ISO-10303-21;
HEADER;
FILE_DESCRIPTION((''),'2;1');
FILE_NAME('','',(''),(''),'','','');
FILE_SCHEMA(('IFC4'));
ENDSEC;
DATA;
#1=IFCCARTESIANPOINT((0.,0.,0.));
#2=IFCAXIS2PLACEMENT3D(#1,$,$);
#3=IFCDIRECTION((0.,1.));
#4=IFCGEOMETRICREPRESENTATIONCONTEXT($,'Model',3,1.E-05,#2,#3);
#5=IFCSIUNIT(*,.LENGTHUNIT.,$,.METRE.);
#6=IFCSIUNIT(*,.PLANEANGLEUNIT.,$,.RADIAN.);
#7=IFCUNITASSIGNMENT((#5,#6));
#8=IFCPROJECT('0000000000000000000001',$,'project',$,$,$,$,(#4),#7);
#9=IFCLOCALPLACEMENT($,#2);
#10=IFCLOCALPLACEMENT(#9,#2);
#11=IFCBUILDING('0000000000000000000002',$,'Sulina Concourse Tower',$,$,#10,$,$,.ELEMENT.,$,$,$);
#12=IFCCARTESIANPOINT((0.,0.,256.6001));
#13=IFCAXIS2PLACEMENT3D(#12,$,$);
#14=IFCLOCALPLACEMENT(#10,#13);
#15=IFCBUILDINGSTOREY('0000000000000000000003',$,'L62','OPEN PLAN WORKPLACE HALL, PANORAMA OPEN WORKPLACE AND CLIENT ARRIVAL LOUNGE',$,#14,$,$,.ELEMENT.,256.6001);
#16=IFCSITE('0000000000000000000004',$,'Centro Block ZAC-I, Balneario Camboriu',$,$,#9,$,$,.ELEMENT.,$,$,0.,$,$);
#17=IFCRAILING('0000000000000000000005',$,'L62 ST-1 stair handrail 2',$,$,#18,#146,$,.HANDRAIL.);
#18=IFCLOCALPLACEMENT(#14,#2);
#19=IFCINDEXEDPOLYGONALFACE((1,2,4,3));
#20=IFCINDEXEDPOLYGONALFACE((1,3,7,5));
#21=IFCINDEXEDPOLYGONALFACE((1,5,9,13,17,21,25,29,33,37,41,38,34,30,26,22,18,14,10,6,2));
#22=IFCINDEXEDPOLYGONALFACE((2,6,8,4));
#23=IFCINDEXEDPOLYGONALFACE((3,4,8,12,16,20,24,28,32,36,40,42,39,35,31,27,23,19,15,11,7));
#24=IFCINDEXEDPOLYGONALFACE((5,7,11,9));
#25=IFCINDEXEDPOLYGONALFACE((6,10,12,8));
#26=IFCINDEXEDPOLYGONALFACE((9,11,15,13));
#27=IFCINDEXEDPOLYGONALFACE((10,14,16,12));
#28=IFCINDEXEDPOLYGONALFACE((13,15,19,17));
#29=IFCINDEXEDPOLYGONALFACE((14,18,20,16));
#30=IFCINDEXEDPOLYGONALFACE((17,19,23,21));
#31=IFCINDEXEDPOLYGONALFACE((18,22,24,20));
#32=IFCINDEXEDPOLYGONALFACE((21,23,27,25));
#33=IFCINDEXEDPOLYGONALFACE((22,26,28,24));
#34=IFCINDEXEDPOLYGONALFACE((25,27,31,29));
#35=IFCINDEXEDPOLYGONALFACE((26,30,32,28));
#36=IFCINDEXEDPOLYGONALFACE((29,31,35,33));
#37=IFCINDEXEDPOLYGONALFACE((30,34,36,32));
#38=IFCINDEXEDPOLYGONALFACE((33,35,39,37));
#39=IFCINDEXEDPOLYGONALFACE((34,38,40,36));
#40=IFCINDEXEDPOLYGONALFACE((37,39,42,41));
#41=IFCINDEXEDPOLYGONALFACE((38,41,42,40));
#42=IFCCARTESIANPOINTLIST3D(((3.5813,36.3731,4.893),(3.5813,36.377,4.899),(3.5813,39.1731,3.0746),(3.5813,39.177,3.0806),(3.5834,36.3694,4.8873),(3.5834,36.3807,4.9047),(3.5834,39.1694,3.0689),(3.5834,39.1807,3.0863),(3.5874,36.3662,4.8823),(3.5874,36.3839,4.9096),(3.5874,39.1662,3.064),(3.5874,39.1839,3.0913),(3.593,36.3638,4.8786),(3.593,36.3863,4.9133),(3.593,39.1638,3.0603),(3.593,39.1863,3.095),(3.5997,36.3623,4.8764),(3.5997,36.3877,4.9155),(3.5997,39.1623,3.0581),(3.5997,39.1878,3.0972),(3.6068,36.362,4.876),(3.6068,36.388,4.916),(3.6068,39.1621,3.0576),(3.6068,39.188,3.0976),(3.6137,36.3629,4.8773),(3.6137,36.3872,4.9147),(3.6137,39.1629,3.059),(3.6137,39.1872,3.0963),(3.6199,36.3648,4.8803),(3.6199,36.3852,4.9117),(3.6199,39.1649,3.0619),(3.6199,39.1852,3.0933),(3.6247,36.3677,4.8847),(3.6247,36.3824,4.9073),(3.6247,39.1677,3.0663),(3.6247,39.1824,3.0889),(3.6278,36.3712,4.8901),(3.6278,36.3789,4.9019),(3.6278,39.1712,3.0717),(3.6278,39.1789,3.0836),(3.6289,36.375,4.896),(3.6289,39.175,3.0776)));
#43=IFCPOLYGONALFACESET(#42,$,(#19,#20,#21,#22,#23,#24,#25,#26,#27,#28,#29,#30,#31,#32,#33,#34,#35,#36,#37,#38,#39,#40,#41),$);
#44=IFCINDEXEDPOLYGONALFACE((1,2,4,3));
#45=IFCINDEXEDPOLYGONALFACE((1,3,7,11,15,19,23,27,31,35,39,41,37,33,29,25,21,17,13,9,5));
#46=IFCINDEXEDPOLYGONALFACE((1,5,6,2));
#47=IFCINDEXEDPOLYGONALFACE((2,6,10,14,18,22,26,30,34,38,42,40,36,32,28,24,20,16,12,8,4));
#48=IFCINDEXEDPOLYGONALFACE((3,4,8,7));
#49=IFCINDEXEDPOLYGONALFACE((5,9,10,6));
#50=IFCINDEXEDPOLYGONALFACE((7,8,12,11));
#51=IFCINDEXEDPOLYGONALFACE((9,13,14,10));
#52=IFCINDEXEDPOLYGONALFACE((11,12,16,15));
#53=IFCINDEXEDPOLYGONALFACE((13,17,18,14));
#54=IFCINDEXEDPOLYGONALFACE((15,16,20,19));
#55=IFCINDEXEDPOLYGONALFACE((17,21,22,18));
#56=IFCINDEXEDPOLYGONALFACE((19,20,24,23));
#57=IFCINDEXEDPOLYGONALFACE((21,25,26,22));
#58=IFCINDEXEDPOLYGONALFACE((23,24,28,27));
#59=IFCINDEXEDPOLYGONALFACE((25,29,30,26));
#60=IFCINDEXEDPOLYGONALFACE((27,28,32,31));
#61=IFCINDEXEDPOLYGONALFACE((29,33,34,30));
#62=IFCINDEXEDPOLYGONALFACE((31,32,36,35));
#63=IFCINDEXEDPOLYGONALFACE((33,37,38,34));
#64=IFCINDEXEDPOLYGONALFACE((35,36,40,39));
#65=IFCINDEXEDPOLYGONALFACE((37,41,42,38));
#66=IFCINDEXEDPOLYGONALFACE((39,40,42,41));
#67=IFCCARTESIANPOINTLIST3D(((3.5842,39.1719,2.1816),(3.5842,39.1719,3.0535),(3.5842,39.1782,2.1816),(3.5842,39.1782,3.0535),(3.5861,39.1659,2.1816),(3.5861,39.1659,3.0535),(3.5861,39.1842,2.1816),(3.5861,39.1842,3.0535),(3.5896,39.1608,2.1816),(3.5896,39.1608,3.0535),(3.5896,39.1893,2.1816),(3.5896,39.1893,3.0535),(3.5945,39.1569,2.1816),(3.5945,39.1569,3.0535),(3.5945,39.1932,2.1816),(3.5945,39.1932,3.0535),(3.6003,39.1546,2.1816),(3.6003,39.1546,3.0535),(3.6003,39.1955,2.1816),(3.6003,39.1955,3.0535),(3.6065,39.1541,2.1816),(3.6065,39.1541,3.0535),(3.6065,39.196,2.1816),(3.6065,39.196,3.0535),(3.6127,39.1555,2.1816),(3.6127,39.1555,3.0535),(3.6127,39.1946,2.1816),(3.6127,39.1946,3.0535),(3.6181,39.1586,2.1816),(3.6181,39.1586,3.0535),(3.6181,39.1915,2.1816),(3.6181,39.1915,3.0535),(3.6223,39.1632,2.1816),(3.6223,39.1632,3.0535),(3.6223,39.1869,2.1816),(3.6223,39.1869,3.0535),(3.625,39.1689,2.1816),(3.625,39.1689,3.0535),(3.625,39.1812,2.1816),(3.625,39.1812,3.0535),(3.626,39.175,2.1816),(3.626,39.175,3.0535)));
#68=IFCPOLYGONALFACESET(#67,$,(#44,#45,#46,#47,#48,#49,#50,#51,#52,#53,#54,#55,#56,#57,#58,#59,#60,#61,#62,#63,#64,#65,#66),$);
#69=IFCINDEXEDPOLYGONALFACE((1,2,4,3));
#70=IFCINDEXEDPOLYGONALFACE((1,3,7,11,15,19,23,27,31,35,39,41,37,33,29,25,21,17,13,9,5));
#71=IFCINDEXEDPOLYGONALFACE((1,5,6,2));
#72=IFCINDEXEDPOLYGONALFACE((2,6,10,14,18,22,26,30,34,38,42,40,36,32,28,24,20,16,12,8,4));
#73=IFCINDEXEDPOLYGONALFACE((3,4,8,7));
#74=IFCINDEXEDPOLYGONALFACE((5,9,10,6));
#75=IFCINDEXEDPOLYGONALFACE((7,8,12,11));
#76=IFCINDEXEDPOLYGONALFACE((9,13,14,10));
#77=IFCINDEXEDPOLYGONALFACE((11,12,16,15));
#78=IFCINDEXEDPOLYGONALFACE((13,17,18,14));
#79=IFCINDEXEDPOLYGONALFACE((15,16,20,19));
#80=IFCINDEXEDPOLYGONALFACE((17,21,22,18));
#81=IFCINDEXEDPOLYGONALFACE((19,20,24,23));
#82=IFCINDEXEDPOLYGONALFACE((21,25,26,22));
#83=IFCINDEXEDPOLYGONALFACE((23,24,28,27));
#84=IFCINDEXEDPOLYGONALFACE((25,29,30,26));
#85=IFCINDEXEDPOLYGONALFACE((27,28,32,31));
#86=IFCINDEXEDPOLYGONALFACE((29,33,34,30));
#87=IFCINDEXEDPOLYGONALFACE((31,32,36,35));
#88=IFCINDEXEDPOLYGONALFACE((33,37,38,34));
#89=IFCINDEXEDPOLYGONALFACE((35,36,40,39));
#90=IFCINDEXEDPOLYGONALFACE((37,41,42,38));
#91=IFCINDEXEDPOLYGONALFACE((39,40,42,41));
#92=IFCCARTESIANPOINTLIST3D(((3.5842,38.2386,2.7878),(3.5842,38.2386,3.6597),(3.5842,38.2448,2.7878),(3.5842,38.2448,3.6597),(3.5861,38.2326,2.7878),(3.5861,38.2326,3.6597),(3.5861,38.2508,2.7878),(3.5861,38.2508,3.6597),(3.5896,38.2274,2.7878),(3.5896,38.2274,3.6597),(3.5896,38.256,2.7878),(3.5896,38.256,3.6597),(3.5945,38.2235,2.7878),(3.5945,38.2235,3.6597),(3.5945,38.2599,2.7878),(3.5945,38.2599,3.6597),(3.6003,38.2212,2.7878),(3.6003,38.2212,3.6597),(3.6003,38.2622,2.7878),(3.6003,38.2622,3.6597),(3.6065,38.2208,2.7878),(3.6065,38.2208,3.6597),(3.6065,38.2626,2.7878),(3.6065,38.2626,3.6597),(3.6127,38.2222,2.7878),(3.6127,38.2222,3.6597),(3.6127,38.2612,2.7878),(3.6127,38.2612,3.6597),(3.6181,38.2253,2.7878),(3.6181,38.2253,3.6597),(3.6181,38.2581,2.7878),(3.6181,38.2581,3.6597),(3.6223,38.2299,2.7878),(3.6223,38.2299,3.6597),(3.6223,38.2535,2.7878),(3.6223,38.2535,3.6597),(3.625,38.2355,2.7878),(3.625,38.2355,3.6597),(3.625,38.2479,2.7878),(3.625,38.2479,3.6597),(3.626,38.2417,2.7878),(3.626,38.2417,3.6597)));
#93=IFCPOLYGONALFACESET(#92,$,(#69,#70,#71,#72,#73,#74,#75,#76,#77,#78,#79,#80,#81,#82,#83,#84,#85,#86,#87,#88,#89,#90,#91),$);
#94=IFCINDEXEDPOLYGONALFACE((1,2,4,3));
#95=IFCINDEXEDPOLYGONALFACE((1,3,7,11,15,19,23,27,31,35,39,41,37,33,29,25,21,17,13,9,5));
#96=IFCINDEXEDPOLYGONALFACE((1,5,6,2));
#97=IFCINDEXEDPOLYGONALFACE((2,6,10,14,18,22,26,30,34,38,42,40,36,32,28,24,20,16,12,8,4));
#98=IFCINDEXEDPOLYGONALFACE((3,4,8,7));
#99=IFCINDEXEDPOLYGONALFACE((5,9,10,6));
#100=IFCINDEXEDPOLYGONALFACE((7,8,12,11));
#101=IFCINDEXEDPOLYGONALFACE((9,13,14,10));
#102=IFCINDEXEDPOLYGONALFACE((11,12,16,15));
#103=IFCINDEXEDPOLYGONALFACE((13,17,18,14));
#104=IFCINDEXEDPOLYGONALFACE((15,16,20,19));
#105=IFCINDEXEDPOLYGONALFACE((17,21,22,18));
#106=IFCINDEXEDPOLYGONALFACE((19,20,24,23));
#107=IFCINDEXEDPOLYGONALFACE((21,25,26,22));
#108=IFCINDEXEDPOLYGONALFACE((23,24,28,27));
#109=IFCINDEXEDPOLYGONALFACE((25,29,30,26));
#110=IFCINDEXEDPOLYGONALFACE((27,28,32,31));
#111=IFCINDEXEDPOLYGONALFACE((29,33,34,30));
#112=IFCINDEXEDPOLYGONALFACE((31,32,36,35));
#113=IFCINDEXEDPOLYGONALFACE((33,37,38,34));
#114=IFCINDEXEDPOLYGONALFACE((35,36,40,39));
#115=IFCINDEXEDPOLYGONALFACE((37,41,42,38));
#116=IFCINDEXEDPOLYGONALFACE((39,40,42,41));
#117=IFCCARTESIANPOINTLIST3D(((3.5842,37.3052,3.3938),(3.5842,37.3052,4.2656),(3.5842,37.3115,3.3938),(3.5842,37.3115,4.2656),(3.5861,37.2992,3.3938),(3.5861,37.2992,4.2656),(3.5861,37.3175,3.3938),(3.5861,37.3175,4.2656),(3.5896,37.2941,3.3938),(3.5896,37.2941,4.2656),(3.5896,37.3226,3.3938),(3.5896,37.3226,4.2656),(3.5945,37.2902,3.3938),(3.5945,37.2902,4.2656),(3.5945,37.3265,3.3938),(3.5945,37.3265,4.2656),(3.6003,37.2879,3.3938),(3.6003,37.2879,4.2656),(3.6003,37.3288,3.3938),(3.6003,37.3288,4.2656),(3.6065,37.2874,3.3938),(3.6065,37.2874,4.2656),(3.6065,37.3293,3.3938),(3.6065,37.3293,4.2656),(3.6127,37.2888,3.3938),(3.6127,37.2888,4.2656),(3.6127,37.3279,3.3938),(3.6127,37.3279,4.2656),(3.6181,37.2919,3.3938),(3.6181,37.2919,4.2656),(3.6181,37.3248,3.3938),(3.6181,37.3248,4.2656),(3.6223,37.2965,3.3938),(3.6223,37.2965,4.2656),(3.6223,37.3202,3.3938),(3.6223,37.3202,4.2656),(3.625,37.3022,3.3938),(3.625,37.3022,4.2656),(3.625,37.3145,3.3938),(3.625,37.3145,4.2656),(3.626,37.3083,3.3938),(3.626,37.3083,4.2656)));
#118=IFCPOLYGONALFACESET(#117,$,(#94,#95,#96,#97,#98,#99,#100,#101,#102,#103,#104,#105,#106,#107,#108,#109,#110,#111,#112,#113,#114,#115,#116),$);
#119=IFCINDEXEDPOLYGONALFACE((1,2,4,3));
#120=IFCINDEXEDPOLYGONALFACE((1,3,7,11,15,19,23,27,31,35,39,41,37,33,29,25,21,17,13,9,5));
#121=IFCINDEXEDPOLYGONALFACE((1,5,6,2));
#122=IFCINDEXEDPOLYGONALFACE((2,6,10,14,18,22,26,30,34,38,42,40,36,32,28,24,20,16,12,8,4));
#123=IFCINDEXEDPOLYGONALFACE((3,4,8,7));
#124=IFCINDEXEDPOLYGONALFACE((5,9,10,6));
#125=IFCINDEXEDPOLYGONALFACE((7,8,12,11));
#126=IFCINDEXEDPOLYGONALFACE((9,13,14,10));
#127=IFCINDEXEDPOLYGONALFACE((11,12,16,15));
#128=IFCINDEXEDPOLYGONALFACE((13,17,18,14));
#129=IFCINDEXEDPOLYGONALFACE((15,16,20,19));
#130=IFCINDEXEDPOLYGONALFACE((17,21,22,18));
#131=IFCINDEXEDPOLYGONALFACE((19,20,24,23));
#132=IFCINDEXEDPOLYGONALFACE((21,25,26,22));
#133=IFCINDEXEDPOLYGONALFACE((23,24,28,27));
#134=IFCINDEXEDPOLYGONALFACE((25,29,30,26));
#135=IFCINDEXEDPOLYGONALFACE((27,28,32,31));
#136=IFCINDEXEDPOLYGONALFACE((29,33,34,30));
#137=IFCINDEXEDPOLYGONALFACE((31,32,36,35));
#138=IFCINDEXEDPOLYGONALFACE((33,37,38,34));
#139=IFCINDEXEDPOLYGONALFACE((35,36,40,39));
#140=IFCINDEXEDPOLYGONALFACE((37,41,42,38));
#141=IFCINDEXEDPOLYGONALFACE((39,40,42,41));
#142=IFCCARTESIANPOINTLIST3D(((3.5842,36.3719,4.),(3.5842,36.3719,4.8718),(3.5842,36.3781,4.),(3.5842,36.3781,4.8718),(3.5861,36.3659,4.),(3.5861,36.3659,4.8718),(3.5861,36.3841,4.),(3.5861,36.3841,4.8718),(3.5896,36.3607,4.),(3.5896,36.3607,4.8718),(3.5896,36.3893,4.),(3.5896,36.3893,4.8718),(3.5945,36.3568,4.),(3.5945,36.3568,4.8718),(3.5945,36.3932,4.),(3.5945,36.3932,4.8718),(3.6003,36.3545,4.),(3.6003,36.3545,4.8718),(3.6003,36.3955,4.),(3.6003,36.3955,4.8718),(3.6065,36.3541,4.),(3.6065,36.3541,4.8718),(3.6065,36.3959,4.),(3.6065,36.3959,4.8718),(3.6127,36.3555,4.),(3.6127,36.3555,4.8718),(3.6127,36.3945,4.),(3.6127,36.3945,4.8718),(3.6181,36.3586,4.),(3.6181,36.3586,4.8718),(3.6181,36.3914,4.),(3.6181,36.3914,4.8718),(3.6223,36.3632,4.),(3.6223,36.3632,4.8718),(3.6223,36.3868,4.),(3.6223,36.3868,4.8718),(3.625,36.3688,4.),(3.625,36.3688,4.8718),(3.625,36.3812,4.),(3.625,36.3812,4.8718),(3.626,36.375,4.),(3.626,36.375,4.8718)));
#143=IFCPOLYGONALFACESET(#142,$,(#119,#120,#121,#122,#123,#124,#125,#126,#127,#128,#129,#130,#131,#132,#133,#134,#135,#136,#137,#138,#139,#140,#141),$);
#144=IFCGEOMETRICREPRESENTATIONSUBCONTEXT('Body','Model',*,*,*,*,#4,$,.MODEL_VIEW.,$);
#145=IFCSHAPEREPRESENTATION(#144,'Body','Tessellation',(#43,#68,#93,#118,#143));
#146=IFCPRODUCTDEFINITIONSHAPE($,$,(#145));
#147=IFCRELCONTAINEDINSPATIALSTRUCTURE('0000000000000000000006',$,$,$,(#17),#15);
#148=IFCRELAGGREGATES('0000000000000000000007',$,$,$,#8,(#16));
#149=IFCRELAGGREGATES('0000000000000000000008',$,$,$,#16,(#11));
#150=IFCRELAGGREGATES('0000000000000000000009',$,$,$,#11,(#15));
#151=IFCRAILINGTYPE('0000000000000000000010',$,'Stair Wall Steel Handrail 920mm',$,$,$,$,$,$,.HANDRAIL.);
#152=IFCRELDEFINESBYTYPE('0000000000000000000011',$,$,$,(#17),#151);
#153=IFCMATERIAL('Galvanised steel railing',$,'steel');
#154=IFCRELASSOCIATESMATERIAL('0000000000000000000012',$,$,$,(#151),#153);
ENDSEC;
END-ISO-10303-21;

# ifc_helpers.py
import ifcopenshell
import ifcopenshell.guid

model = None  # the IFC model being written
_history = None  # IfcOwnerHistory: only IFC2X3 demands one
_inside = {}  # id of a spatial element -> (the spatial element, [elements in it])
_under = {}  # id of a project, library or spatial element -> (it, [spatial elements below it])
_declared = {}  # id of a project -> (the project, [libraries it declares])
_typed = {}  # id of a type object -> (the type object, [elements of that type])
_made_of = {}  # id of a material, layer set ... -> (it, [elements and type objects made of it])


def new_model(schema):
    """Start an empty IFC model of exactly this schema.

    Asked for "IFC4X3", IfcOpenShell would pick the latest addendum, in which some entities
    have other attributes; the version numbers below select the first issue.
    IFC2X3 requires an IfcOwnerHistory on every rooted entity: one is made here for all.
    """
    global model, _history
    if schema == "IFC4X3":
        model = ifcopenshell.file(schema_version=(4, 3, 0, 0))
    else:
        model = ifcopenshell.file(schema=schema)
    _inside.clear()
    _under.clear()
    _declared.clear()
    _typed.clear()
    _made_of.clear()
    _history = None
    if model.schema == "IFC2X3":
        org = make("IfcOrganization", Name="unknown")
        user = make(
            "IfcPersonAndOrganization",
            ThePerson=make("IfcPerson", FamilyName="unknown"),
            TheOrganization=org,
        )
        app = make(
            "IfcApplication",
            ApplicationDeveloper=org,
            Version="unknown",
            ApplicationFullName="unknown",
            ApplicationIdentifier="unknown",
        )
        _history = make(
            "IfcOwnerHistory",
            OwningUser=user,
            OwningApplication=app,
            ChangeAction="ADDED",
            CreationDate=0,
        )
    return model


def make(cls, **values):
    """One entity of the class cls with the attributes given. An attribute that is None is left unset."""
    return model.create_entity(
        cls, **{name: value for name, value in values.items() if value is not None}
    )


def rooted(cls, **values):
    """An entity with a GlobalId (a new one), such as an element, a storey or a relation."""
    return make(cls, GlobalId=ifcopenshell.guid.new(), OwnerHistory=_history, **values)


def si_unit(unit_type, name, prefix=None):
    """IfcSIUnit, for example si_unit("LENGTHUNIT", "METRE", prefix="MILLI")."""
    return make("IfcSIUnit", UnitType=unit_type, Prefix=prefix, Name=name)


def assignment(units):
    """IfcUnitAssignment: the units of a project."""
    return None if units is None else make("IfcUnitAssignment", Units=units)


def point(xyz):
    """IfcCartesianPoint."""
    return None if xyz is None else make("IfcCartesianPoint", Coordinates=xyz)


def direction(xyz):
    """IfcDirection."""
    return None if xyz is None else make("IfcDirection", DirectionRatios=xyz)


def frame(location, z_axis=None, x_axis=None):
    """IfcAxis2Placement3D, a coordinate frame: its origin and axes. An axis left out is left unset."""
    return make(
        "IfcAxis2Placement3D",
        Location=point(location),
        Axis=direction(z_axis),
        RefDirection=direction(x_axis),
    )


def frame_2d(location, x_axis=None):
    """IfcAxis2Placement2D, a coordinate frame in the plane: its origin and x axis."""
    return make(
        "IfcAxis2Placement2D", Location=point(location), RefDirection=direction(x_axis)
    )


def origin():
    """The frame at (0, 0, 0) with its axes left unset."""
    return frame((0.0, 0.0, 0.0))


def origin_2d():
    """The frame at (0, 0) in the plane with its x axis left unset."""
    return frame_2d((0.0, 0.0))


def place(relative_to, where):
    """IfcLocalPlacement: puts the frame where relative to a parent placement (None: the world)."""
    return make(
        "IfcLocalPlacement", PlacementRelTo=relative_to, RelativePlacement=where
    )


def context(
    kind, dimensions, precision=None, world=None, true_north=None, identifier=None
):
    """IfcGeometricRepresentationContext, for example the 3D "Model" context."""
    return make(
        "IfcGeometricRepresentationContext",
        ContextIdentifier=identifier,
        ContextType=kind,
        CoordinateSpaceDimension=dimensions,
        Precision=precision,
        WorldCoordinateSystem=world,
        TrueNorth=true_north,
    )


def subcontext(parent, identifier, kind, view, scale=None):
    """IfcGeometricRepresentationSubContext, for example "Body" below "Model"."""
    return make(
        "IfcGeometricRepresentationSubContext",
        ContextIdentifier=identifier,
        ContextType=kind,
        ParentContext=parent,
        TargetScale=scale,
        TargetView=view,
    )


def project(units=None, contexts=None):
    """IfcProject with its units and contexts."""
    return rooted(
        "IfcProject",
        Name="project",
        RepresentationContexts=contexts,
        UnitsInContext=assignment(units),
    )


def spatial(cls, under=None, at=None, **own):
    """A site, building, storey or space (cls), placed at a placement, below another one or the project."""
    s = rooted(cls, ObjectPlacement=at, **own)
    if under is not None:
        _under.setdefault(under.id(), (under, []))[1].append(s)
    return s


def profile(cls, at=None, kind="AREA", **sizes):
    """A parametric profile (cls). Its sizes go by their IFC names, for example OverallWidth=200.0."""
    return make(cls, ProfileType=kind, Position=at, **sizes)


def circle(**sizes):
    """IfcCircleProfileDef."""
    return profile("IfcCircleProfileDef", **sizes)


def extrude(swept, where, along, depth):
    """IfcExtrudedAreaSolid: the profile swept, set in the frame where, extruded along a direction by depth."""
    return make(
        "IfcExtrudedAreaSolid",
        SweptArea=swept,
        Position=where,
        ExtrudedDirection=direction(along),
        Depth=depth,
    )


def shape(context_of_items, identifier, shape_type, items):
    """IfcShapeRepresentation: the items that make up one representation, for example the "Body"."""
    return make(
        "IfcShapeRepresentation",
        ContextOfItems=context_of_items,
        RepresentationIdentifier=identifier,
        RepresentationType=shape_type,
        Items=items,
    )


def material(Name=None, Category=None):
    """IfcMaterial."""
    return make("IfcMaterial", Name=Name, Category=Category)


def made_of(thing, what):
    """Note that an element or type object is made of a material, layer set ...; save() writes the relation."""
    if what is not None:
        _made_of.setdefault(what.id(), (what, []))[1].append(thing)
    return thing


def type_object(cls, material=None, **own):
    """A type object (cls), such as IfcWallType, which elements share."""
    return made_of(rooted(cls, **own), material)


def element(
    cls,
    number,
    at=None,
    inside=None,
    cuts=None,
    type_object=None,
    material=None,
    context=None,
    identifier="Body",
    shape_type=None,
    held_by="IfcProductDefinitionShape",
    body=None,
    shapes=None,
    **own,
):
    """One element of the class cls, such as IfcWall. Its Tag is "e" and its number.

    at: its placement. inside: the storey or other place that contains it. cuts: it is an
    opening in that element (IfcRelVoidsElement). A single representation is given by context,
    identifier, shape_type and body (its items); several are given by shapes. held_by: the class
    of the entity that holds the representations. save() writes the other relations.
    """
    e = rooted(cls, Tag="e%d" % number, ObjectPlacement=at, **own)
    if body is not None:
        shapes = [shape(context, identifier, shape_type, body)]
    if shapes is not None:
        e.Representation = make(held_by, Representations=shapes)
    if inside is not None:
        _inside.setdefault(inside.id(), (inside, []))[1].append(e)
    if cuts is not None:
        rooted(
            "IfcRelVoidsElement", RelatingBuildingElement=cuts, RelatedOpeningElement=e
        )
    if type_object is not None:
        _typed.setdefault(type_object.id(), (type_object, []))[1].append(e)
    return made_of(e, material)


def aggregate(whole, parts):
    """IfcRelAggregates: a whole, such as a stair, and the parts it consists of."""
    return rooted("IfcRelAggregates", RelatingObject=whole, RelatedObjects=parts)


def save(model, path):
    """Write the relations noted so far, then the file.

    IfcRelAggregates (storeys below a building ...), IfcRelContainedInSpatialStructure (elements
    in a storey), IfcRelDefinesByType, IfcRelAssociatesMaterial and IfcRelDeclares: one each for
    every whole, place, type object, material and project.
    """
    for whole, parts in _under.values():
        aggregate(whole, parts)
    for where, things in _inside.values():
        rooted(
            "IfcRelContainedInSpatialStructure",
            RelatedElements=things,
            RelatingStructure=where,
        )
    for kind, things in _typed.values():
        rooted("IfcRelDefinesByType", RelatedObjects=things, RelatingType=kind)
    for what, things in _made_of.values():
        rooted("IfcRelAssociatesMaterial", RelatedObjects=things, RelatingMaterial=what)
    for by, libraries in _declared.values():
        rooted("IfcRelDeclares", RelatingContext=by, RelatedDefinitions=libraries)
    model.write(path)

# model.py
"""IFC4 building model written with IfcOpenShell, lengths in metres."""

from ifc_helpers import new_model, si_unit, direction, frame, origin, origin_2d, place, context, subcontext, project, spatial, circle, extrude, material, type_object, element, save


model = new_model("IFC4")

# Units and contexts
model_context = context("Model", 3, precision=1e-05, world=origin(), true_north=direction((0.0, 1.0)))
body_context = subcontext(model_context, "Body", "Model", "MODEL_VIEW")
ifc_project = project(units=[si_unit("LENGTHUNIT", "METRE"), si_unit("PLANEANGLEUNIT", "RADIAN")], contexts=[model_context])

# Site, building, storey
site_placement = place(None, origin())
site = spatial("IfcSite", under=ifc_project, at=site_placement, Name="Centro Block ZAC-I, Balneario Camboriu", CompositionType="ELEMENT", RefElevation=0.0)
building_placement = place(site_placement, origin())
building = spatial("IfcBuilding", under=site, at=building_placement, Name="Sulina Concourse Tower", CompositionType="ELEMENT")
storey_placement = place(building_placement, frame((0.0, 0.0, 256.6001)))
storey = spatial("IfcBuildingStorey", under=building, at=storey_placement, Name="L62", Description="OPEN PLAN WORKPLACE HALL, PANORAMA OPEN WORKPLACE AND CLIENT ARRIVAL LOUNGE", CompositionType="ELEMENT", Elevation=256.6001)

# Railing
ifc_material_1 = material(Name="Galvanised steel railing", Category="steel")
railing_type_1 = type_object("IfcRailingType", Name="Stair Wall Steel Handrail 920mm", PredefinedType="HANDRAIL", material=ifc_material_1)
railing_1_placement = place(storey_placement, frame((3.605, 39.175, 2.1816)))
element("IfcRailing", 1, at=railing_1_placement, inside=storey, type_object=railing_type_1, Name="L62 ST-1 stair handrail 2", PredefinedType="HANDRAIL", context=body_context, shape_type="SweptSolid", body=[
    extrude(circle(Radius=0.0239, at=origin_2d()), frame((0.0, 0.0, 0.896), z_axis=(0.0, -0.838672, 0.544636), x_axis=(1.0, 0.0, 0.0)), (0.0, 0.0, 1.0), 3.3386),
    extrude(circle(Radius=0.021, at=origin_2d()), origin(), (0.0, 0.0, 1.0), 0.8718),
    extrude(circle(Radius=0.021, at=origin_2d()), frame((0.0, -0.9333, 0.6062)), (0.0, 0.0, 1.0), 0.8718),
    extrude(circle(Radius=0.021, at=origin_2d()), frame((0.0, -1.8667, 1.2122)), (0.0, 0.0, 1.0), 0.8718),
    extrude(circle(Radius=0.021, at=origin_2d()), frame((0.0, -2.8, 1.8184)), (0.0, 0.0, 1.0), 0.8718),
])

save(model, "model.ifc")
